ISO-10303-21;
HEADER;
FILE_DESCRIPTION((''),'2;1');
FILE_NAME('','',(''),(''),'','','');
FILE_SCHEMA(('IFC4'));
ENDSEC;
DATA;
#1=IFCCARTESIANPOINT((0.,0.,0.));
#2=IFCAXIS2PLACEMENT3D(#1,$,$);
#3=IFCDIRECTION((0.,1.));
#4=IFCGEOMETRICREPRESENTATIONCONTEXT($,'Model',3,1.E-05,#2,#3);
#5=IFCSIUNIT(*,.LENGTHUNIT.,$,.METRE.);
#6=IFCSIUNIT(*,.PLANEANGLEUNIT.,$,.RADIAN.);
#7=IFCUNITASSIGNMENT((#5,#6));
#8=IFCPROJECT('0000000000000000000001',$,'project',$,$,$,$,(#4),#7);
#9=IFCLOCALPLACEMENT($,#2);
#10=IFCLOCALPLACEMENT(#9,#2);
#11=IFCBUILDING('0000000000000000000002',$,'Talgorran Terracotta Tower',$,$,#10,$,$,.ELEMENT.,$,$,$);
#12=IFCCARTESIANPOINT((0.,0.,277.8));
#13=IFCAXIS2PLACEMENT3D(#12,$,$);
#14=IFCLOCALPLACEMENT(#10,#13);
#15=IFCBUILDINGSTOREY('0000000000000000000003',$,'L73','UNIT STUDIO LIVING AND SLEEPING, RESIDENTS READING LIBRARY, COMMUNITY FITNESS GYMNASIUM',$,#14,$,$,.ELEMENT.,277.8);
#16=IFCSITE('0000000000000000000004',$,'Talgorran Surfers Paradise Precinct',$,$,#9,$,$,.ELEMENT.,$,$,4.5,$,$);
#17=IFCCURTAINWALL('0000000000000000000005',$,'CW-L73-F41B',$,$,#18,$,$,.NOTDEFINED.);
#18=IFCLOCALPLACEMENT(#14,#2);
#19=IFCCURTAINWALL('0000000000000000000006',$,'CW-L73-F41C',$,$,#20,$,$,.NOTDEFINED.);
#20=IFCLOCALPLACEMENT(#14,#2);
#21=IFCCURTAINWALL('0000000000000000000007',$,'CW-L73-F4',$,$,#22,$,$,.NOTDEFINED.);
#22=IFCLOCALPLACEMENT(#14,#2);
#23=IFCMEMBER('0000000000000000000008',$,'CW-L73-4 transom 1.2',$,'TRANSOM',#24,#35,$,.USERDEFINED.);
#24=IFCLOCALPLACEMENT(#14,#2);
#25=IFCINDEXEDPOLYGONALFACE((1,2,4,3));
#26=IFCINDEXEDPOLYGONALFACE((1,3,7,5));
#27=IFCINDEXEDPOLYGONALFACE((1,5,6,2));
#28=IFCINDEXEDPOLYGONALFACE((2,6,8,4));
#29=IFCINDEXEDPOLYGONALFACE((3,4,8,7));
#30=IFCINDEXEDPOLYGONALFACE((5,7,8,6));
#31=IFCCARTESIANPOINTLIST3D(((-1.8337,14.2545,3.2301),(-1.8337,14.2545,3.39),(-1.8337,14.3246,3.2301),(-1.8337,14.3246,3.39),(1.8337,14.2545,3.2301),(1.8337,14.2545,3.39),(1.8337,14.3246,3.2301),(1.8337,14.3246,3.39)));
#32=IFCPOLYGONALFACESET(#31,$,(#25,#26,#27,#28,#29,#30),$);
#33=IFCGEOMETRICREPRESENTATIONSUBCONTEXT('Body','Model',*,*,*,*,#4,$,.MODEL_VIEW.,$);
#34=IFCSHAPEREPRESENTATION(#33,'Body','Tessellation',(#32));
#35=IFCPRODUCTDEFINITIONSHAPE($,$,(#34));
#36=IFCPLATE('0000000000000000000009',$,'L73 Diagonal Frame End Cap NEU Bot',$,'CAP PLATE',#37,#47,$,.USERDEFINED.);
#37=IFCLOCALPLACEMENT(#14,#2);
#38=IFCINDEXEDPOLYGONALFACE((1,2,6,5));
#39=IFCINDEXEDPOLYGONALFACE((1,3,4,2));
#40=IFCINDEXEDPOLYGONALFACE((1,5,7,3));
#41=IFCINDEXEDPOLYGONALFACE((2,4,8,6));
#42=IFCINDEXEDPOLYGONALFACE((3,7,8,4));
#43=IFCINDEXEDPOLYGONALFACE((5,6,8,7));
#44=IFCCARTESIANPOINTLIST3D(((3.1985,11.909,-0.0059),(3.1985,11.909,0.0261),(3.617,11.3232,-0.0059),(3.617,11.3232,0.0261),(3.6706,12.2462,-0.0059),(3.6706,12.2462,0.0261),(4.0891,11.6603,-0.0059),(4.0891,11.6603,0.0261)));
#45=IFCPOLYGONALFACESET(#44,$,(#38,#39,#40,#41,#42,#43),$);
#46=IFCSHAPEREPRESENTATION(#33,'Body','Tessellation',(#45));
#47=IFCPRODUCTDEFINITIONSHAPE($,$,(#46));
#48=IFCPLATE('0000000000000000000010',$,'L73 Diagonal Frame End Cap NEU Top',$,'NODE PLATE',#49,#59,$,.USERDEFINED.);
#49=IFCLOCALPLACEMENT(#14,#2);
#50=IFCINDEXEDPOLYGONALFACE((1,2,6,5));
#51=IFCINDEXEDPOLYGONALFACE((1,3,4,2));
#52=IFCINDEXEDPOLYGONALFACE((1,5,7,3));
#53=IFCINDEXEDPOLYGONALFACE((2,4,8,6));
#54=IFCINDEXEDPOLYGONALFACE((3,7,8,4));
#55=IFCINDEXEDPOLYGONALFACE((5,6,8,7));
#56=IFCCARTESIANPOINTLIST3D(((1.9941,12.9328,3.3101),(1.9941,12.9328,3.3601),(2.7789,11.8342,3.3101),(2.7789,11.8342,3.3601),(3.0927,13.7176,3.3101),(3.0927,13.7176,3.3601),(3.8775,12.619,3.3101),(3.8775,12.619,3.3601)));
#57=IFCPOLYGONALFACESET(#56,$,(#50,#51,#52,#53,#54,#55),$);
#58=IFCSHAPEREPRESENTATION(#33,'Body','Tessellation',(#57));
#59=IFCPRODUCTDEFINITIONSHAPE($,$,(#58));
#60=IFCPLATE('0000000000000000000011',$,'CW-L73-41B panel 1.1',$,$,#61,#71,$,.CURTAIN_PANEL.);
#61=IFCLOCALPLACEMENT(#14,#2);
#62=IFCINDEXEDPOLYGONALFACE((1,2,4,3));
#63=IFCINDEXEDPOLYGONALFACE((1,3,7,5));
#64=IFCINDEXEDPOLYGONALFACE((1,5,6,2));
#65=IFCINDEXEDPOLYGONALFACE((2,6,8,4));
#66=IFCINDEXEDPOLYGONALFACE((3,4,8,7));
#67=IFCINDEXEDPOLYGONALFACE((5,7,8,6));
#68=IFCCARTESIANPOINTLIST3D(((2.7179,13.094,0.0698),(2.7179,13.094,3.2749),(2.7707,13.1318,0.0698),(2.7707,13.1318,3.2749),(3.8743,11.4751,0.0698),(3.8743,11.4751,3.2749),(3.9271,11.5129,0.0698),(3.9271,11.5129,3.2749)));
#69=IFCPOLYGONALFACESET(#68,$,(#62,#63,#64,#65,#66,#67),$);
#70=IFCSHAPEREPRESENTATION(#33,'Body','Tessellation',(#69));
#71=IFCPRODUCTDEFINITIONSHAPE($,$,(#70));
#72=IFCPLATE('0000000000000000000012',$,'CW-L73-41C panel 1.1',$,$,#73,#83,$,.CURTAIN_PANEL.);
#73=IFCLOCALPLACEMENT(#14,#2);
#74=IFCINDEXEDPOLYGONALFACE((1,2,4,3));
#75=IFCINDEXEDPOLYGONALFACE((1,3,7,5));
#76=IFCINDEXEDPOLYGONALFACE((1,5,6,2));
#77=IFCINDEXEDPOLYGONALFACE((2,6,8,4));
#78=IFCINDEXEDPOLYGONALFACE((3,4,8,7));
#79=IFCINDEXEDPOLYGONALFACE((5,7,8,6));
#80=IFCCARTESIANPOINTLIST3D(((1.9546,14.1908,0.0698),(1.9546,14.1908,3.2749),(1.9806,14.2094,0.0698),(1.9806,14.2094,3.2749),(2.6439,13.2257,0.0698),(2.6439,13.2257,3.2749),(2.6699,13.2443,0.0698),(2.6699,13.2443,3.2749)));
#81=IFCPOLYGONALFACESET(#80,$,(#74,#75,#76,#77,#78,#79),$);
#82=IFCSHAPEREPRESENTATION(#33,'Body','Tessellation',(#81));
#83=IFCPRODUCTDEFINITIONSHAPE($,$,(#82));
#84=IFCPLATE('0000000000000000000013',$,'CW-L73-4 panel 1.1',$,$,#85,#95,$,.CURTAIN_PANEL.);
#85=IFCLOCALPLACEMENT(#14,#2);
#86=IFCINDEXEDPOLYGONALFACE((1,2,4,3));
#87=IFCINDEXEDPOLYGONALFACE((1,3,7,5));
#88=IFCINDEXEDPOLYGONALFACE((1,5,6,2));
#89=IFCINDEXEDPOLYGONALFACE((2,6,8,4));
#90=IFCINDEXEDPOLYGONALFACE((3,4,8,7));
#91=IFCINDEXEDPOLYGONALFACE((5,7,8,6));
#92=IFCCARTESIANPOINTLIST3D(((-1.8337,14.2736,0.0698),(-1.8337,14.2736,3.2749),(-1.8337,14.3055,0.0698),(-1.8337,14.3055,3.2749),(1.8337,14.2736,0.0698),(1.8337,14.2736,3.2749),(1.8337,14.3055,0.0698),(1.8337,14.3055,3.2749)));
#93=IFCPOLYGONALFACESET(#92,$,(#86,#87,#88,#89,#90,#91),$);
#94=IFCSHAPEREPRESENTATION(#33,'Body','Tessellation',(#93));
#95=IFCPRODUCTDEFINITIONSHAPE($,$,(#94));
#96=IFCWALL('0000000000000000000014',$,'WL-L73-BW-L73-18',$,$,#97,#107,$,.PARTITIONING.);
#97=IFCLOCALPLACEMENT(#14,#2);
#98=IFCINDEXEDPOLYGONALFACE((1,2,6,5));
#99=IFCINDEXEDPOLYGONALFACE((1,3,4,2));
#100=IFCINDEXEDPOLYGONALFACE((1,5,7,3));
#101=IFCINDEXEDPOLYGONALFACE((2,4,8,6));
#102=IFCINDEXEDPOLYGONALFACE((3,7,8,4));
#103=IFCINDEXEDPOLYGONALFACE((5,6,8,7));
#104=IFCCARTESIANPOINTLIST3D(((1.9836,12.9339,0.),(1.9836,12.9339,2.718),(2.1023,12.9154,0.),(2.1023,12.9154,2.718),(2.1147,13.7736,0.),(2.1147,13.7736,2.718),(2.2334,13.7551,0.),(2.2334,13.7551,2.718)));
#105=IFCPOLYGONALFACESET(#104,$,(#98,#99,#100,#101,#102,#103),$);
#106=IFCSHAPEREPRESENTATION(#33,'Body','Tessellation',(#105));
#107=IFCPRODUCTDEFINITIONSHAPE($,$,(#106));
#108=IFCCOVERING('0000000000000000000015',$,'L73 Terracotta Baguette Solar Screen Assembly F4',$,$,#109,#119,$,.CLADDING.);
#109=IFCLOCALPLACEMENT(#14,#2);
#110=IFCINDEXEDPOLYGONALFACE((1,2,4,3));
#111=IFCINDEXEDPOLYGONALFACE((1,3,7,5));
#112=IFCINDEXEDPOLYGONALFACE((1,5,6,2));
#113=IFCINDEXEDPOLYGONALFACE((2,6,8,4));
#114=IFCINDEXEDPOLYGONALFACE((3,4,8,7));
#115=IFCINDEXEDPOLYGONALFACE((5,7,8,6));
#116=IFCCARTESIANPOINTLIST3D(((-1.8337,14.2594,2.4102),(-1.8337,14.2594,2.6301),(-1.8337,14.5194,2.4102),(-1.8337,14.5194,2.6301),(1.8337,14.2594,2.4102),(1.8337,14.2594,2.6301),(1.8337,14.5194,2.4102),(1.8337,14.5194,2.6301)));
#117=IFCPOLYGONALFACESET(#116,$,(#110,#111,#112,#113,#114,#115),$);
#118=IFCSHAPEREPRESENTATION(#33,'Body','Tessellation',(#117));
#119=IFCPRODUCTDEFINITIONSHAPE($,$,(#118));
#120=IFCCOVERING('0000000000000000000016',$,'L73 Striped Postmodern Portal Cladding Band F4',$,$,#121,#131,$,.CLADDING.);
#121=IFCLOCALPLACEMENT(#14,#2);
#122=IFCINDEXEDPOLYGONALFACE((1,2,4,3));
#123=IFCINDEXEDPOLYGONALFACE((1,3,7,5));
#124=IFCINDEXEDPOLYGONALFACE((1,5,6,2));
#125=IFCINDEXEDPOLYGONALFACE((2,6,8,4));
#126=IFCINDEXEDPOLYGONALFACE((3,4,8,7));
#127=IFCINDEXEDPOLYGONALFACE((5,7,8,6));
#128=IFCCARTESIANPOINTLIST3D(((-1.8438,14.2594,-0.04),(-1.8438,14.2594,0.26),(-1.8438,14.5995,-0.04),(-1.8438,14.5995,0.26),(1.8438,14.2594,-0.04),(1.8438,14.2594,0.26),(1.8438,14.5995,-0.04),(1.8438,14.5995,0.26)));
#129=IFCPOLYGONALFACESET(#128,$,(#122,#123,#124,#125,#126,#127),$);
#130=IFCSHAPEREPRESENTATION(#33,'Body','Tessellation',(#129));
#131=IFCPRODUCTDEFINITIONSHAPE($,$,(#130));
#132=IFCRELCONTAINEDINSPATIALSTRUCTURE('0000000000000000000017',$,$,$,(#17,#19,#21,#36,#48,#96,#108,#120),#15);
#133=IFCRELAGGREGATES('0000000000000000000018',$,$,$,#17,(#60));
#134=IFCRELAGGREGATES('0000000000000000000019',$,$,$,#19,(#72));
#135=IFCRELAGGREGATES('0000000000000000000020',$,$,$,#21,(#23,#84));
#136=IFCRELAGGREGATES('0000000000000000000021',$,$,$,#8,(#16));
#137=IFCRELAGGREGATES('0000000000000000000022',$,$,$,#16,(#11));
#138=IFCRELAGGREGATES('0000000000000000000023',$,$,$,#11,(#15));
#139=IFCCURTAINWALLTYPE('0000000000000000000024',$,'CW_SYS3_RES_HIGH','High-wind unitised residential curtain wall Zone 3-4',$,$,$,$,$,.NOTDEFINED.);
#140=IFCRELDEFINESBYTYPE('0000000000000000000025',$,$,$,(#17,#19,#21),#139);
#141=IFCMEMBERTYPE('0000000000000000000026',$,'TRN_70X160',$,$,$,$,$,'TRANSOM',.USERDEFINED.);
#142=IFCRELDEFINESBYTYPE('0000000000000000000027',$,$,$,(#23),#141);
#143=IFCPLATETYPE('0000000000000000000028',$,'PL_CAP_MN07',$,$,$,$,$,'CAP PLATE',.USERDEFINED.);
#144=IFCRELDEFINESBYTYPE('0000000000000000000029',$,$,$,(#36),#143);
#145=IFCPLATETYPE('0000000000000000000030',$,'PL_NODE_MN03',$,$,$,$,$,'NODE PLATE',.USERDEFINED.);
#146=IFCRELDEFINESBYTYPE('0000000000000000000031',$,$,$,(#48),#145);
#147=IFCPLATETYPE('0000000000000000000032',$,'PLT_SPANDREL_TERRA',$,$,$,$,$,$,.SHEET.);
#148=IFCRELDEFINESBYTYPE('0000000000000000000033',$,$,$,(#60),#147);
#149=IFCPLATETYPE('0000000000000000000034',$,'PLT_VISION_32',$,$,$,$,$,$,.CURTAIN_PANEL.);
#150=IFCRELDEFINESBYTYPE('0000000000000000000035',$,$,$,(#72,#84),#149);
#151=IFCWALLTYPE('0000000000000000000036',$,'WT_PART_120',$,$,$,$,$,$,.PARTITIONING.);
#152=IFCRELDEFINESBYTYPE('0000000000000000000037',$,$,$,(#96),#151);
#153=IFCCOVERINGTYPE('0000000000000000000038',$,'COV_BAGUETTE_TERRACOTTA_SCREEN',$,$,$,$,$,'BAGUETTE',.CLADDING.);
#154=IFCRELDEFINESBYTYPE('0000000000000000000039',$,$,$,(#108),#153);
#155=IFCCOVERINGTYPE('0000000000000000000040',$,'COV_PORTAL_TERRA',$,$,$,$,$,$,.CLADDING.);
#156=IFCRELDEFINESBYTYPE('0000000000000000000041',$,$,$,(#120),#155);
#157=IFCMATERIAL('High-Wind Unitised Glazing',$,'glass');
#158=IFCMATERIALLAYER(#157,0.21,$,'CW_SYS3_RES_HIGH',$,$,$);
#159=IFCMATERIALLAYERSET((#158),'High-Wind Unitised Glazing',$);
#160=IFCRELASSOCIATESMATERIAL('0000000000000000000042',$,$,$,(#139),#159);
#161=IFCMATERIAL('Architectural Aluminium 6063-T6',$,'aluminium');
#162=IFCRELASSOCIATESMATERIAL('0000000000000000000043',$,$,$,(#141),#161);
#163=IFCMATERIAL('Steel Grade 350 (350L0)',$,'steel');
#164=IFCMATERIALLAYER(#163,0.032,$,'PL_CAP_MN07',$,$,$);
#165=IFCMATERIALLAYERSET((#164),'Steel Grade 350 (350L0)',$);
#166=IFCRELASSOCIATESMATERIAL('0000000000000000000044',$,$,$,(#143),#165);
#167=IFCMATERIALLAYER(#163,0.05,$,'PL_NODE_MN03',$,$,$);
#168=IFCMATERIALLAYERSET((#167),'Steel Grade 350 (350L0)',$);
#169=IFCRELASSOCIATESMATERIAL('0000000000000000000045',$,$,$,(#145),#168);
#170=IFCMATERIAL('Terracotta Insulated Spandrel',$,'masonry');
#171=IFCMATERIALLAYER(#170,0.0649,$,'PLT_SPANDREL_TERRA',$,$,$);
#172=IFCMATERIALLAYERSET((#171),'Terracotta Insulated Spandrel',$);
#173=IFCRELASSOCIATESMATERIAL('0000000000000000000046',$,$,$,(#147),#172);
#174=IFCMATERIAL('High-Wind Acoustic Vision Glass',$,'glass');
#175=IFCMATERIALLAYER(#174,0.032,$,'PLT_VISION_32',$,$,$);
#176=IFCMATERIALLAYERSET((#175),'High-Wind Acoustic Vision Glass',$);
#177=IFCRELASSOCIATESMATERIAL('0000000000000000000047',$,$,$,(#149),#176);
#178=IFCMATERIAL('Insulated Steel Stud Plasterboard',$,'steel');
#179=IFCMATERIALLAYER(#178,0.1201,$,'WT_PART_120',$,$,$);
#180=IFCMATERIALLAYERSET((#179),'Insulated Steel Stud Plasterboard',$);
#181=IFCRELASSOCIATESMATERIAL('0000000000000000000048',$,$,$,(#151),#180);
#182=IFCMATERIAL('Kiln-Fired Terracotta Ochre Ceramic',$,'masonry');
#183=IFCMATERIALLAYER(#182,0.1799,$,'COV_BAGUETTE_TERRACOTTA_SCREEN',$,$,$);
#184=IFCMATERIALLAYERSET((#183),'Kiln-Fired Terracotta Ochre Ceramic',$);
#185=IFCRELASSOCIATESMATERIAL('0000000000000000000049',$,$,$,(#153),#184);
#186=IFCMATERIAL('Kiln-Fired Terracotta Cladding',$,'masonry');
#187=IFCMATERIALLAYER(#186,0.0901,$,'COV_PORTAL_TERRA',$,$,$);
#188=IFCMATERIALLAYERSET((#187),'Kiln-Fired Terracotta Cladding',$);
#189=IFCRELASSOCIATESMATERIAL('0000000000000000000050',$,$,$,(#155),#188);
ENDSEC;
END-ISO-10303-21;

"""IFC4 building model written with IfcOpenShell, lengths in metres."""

from ifc_helpers import new_model, si_unit, direction, frame, frame_2d, origin, origin_2d, place, context, subcontext, project, spatial, rectangle, extrude, source, transform, mapped, material, layer, layer_set, material_profile, profile_set, type_object, type_shapes, element, aggregate, save


model = new_model("IFC4")

# Units and contexts
model_context = context("Model", 3, precision=1e-05, world=origin(), true_north=direction((0.0, 1.0)))
body_context = subcontext(model_context, "Body", "Model", "MODEL_VIEW")
ifc_project = project(units=[si_unit("LENGTHUNIT", "METRE"), si_unit("PLANEANGLEUNIT", "RADIAN")], contexts=[model_context])

# Site, building, storey
site_placement = place(None, origin())
site = spatial("IfcSite", under=ifc_project, at=site_placement, Name="Talgorran Surfers Paradise Precinct", CompositionType="ELEMENT", RefElevation=4.5)
building_placement = place(site_placement, origin())
building = spatial("IfcBuilding", under=site, at=building_placement, Name="Talgorran Terracotta Tower", CompositionType="ELEMENT")
storey_placement = place(building_placement, frame((0.0, 0.0, 277.8)))
storey = spatial("IfcBuildingStorey", under=building, at=storey_placement, Name="L73", Description="UNIT STUDIO LIVING AND SLEEPING, RESIDENTS READING LIBRARY, COMMUNITY FITNESS GYMNASIUM", CompositionType="ELEMENT", Elevation=277.8)

# Shared definitions
ifc_material_1 = material(Name="Steel Grade 350 (350L0)", Category="steel")

# Curtain wall
ifc_material_2 = material(Name="High-Wind Unitised Glazing", Category="glass")
ifc_layer_1 = layer(ifc_material_2, 0.21, Name="CW_SYS3_RES_HIGH")
ifc_layer_set_1 = layer_set([ifc_layer_1], Name="High-Wind Unitised Glazing")
curtain_wall_type = type_object("IfcCurtainWallType", Name="CW_SYS3_RES_HIGH", Description="High-wind unitised residential curtain wall Zone 3-4", PredefinedType="NOTDEFINED", material=ifc_layer_set_1)
curtain_wall_1_placement = place(storey_placement, origin())
curtain_wall_1 = element("IfcCurtainWall", 1, at=curtain_wall_1_placement, inside=storey, type_object=curtain_wall_type, Name="CW-L73-F41B", PredefinedType="NOTDEFINED")
ifc_material_3 = material(Name="Architectural Aluminium 6063-T6", Category="aluminium")

# Curtain wall
curtain_wall_2_placement = place(storey_placement, origin())
curtain_wall_2 = element("IfcCurtainWall", 2, at=curtain_wall_2_placement, inside=storey, type_object=curtain_wall_type, Name="CW-L73-F41C", PredefinedType="NOTDEFINED")

# Curtain wall
curtain_wall_3_placement = place(storey_placement, origin())
curtain_wall_3 = element("IfcCurtainWall", 3, at=curtain_wall_3_placement, inside=storey, type_object=curtain_wall_type, Name="CW-L73-F4", PredefinedType="NOTDEFINED")

# Member
ifc_material_profile_1 = material_profile(ifc_material_3, rectangle(XDim=0.0701, YDim=0.1599, at=origin_2d()), Name="CWT70X160")
ifc_profile_set_1 = profile_set([ifc_material_profile_1], Name="Architectural Aluminium 6063-T6")
member_type_1 = type_object("IfcMemberType", Name="TRN_70X160", ElementType="TRANSOM", PredefinedType="USERDEFINED", material=ifc_profile_set_1)
member_1_placement = place(storey_placement, frame((1.8337, 14.2896, 3.3101), z_axis=(-1.0, 0.0, 0.0), x_axis=(0.0, -1.0, 0.0)))
member_1 = element("IfcMember", 4, at=member_1_placement, type_object=member_type_1, Name="CW-L73-4 transom 1.2", ObjectType="TRANSOM", PredefinedType="USERDEFINED", context=body_context, shape_type="SweptSolid", body=[
    extrude(rectangle(XDim=0.0701, YDim=0.1599, at=origin_2d()), origin(), (0.0, 0.0, 1.0), 3.6675),
])

# Plates
ifc_layer_2 = layer(ifc_material_1, 0.032, Name="PL_CAP_MN07")
ifc_layer_set_2 = layer_set([ifc_layer_2], Name="Steel Grade 350 (350L0)")
plate_type_1 = type_object("IfcPlateType", Name="PL_CAP_MN07", ElementType="CAP PLATE", PredefinedType="USERDEFINED", material=ifc_layer_set_2)
plate_1_placement = place(storey_placement, frame((3.6438, 11.7847, -0.0059), z_axis=(0.0, 0.0, 1.0), x_axis=(-0.581271, 0.81371, 0.0)))
element("IfcPlate", 5, at=plate_1_placement, inside=storey, type_object=plate_type_1, Name="L73 Diagonal Frame End Cap NEU Bot", ObjectType="CAP PLATE", PredefinedType="USERDEFINED", context=body_context, shape_type="SweptSolid", body=[
    extrude(rectangle(XDim=0.72, YDim=0.5801, at=origin_2d()), origin(), (0.0, 0.0, 1.0), 0.032),
])
ifc_layer_3 = layer(ifc_material_1, 0.05, Name="PL_NODE_MN03")
ifc_layer_set_3 = layer_set([ifc_layer_3], Name="Steel Grade 350 (350L0)")
plate_type_2 = type_object("IfcPlateType", Name="PL_NODE_MN03", ElementType="NODE PLATE", PredefinedType="USERDEFINED", material=ifc_layer_set_3)
plate_2_placement = place(storey_placement, frame((2.9358, 12.7759, 3.3101), z_axis=(0.0, 0.0, 1.0), x_axis=(-0.581271, 0.81371, 0.0)))
element("IfcPlate", 6, at=plate_2_placement, inside=storey, type_object=plate_type_2, Name="L73 Diagonal Frame End Cap NEU Top", ObjectType="NODE PLATE", PredefinedType="USERDEFINED", context=body_context, shape_type="SweptSolid", body=[
    extrude(rectangle(XDim=1.3501, YDim=1.3501, at=origin_2d()), origin(), (0.0, 0.0, 1.0), 0.05),
])

# Plates
ifc_material_4 = material(Name="Terracotta Insulated Spandrel", Category="masonry")
ifc_layer_4 = layer(ifc_material_4, 0.0649, Name="PLT_SPANDREL_TERRA")
ifc_layer_set_4 = layer_set([ifc_layer_4], Name="Terracotta Insulated Spandrel")
plate_type_3 = type_object("IfcPlateType", Name="PLT_SPANDREL_TERRA", PredefinedType="SHEET", material=ifc_layer_set_4)
shared_shape_1 = source(origin(), body_context, "Body", "SweptSolid", [
    extrude(rectangle(XDim=1.9895, YDim=0.0649, at=origin_2d()), origin(), (0.0, 0.0, 1.0), 3.2051),
])
type_shapes(plate_type_3, [shared_shape_1])
plate_3_placement = place(storey_placement, frame((3.3225, 12.3035, 0.0698), z_axis=(0.0, 0.0, 1.0), x_axis=(-0.581265, 0.813714, 0.0)))
plate_3 = element("IfcPlate", 7, at=plate_3_placement, type_object=plate_type_3, Name="CW-L73-41B panel 1.1", PredefinedType="CURTAIN_PANEL", context=body_context, shape_type="MappedRepresentation", body=[
    mapped(shared_shape_1, transform((0.0, 0.0, 0.0), scale=1.0)),
])
aggregate(curtain_wall_1, [plate_3])
ifc_material_5 = material(Name="High-Wind Acoustic Vision Glass", Category="glass")
ifc_layer_5 = layer(ifc_material_5, 0.032, Name="PLT_VISION_32")
ifc_layer_set_5 = layer_set([ifc_layer_5], Name="High-Wind Acoustic Vision Glass")
plate_type_4 = type_object("IfcPlateType", Name="PLT_VISION_32", PredefinedType="CURTAIN_PANEL", material=ifc_layer_set_5)
shared_shape_2 = source(origin(), body_context, "Body", "SweptSolid", [
    extrude(rectangle(XDim=1.186, YDim=0.032, at=origin_2d()), origin(), (0.0, 0.0, 1.0), 3.2051),
])
plate_4_placement = place(storey_placement, frame((2.3123, 13.7175, 0.0698), z_axis=(0.0, 0.0, 1.0), x_axis=(-0.581231, 0.813739, 0.0)))
plate_4 = element("IfcPlate", 8, at=plate_4_placement, type_object=plate_type_4, Name="CW-L73-41C panel 1.1", PredefinedType="CURTAIN_PANEL", context=body_context, shape_type="MappedRepresentation", body=[
    mapped(shared_shape_2, transform((0.0, 0.0, 0.0), scale=1.0)),
])
aggregate(curtain_wall_2, [plate_4])
shared_shape_3 = source(origin(), body_context, "Body", "SweptSolid", [
    extrude(rectangle(XDim=3.6675, YDim=0.032, at=origin_2d()), origin(), (0.0, 0.0, 1.0), 3.2051),
])
type_shapes(plate_type_4, [shared_shape_2, shared_shape_3])
plate_5_placement = place(storey_placement, frame((0.0, 14.2896, 0.0698), z_axis=(0.0, 0.0, 1.0), x_axis=(-1.0, 0.0, 0.0)))
plate_5 = element("IfcPlate", 9, at=plate_5_placement, type_object=plate_type_4, Name="CW-L73-4 panel 1.1", PredefinedType="CURTAIN_PANEL", context=body_context, shape_type="MappedRepresentation", body=[
    mapped(shared_shape_3, transform((0.0, 0.0, 0.0), scale=1.0)),
])
aggregate(curtain_wall_3, [member_1, plate_5])

# Wall
ifc_material_6 = material(Name="Insulated Steel Stud Plasterboard", Category="steel")
ifc_layer_6 = layer(ifc_material_6, 0.1201, Name="WT_PART_120")
ifc_layer_set_6 = layer_set([ifc_layer_6], Name="Insulated Steel Stud Plasterboard")
wall_type = type_object("IfcWallType", Name="WT_PART_120", PredefinedType="PARTITIONING", material=ifc_layer_set_6)
wall_placement = place(storey_placement, frame((2.043, 12.9248, 0.0), z_axis=(0.0, 0.0, 1.0), x_axis=(0.15428, 0.988027, 0.0)))
element("IfcWall", 10, at=wall_placement, inside=storey, type_object=wall_type, Name="WL-L73-BW-L73-18", PredefinedType="PARTITIONING", context=body_context, shape_type="SweptSolid", body=[
    extrude(rectangle(XDim=0.8499, YDim=0.1201, at=frame_2d((0.4248, 0.0))), origin(), (0.0, 0.0, 1.0), 2.718),
])

# Coverings
ifc_material_7 = material(Name="Kiln-Fired Terracotta Ochre Ceramic", Category="masonry")
ifc_layer_7 = layer(ifc_material_7, 0.1799, Name="COV_BAGUETTE_TERRACOTTA_SCREEN")
ifc_layer_set_7 = layer_set([ifc_layer_7], Name="Kiln-Fired Terracotta Ochre Ceramic")
covering_type_1 = type_object("IfcCoveringType", Name="COV_BAGUETTE_TERRACOTTA_SCREEN", ElementType="BAGUETTE", PredefinedType="CLADDING", material=ifc_layer_set_7)
covering_1_placement = place(storey_placement, frame((0.0, 14.3894, 2.4102), z_axis=(0.0, 0.0, 1.0), x_axis=(-1.0, 0.0, 0.0)))
element("IfcCovering", 11, at=covering_1_placement, inside=storey, type_object=covering_type_1, Name="L73 Terracotta Baguette Solar Screen Assembly F4", PredefinedType="CLADDING", context=body_context, shape_type="SweptSolid", body=[
    extrude(rectangle(XDim=3.6675, YDim=0.26, at=origin_2d()), origin(), (0.0, 0.0, 1.0), 0.22),
])
ifc_material_8 = material(Name="Kiln-Fired Terracotta Cladding", Category="masonry")
ifc_layer_8 = layer(ifc_material_8, 0.0901, Name="COV_PORTAL_TERRA")
ifc_layer_set_8 = layer_set([ifc_layer_8], Name="Kiln-Fired Terracotta Cladding")
covering_type_2 = type_object("IfcCoveringType", Name="COV_PORTAL_TERRA", PredefinedType="CLADDING", material=ifc_layer_set_8)
covering_2_placement = place(storey_placement, frame((0.0, 14.4294, -0.04), z_axis=(0.0, 0.0, 1.0), x_axis=(-1.0, 0.0, 0.0)))
element("IfcCovering", 12, at=covering_2_placement, inside=storey, type_object=covering_type_2, Name="L73 Striped Postmodern Portal Cladding Band F4", PredefinedType="CLADDING", context=body_context, shape_type="SweptSolid", body=[
    extrude(rectangle(XDim=3.6875, YDim=0.3401, at=origin_2d()), origin(), (0.0, 0.0, 1.0), 0.3),
])

save(model, "model.ifc")
